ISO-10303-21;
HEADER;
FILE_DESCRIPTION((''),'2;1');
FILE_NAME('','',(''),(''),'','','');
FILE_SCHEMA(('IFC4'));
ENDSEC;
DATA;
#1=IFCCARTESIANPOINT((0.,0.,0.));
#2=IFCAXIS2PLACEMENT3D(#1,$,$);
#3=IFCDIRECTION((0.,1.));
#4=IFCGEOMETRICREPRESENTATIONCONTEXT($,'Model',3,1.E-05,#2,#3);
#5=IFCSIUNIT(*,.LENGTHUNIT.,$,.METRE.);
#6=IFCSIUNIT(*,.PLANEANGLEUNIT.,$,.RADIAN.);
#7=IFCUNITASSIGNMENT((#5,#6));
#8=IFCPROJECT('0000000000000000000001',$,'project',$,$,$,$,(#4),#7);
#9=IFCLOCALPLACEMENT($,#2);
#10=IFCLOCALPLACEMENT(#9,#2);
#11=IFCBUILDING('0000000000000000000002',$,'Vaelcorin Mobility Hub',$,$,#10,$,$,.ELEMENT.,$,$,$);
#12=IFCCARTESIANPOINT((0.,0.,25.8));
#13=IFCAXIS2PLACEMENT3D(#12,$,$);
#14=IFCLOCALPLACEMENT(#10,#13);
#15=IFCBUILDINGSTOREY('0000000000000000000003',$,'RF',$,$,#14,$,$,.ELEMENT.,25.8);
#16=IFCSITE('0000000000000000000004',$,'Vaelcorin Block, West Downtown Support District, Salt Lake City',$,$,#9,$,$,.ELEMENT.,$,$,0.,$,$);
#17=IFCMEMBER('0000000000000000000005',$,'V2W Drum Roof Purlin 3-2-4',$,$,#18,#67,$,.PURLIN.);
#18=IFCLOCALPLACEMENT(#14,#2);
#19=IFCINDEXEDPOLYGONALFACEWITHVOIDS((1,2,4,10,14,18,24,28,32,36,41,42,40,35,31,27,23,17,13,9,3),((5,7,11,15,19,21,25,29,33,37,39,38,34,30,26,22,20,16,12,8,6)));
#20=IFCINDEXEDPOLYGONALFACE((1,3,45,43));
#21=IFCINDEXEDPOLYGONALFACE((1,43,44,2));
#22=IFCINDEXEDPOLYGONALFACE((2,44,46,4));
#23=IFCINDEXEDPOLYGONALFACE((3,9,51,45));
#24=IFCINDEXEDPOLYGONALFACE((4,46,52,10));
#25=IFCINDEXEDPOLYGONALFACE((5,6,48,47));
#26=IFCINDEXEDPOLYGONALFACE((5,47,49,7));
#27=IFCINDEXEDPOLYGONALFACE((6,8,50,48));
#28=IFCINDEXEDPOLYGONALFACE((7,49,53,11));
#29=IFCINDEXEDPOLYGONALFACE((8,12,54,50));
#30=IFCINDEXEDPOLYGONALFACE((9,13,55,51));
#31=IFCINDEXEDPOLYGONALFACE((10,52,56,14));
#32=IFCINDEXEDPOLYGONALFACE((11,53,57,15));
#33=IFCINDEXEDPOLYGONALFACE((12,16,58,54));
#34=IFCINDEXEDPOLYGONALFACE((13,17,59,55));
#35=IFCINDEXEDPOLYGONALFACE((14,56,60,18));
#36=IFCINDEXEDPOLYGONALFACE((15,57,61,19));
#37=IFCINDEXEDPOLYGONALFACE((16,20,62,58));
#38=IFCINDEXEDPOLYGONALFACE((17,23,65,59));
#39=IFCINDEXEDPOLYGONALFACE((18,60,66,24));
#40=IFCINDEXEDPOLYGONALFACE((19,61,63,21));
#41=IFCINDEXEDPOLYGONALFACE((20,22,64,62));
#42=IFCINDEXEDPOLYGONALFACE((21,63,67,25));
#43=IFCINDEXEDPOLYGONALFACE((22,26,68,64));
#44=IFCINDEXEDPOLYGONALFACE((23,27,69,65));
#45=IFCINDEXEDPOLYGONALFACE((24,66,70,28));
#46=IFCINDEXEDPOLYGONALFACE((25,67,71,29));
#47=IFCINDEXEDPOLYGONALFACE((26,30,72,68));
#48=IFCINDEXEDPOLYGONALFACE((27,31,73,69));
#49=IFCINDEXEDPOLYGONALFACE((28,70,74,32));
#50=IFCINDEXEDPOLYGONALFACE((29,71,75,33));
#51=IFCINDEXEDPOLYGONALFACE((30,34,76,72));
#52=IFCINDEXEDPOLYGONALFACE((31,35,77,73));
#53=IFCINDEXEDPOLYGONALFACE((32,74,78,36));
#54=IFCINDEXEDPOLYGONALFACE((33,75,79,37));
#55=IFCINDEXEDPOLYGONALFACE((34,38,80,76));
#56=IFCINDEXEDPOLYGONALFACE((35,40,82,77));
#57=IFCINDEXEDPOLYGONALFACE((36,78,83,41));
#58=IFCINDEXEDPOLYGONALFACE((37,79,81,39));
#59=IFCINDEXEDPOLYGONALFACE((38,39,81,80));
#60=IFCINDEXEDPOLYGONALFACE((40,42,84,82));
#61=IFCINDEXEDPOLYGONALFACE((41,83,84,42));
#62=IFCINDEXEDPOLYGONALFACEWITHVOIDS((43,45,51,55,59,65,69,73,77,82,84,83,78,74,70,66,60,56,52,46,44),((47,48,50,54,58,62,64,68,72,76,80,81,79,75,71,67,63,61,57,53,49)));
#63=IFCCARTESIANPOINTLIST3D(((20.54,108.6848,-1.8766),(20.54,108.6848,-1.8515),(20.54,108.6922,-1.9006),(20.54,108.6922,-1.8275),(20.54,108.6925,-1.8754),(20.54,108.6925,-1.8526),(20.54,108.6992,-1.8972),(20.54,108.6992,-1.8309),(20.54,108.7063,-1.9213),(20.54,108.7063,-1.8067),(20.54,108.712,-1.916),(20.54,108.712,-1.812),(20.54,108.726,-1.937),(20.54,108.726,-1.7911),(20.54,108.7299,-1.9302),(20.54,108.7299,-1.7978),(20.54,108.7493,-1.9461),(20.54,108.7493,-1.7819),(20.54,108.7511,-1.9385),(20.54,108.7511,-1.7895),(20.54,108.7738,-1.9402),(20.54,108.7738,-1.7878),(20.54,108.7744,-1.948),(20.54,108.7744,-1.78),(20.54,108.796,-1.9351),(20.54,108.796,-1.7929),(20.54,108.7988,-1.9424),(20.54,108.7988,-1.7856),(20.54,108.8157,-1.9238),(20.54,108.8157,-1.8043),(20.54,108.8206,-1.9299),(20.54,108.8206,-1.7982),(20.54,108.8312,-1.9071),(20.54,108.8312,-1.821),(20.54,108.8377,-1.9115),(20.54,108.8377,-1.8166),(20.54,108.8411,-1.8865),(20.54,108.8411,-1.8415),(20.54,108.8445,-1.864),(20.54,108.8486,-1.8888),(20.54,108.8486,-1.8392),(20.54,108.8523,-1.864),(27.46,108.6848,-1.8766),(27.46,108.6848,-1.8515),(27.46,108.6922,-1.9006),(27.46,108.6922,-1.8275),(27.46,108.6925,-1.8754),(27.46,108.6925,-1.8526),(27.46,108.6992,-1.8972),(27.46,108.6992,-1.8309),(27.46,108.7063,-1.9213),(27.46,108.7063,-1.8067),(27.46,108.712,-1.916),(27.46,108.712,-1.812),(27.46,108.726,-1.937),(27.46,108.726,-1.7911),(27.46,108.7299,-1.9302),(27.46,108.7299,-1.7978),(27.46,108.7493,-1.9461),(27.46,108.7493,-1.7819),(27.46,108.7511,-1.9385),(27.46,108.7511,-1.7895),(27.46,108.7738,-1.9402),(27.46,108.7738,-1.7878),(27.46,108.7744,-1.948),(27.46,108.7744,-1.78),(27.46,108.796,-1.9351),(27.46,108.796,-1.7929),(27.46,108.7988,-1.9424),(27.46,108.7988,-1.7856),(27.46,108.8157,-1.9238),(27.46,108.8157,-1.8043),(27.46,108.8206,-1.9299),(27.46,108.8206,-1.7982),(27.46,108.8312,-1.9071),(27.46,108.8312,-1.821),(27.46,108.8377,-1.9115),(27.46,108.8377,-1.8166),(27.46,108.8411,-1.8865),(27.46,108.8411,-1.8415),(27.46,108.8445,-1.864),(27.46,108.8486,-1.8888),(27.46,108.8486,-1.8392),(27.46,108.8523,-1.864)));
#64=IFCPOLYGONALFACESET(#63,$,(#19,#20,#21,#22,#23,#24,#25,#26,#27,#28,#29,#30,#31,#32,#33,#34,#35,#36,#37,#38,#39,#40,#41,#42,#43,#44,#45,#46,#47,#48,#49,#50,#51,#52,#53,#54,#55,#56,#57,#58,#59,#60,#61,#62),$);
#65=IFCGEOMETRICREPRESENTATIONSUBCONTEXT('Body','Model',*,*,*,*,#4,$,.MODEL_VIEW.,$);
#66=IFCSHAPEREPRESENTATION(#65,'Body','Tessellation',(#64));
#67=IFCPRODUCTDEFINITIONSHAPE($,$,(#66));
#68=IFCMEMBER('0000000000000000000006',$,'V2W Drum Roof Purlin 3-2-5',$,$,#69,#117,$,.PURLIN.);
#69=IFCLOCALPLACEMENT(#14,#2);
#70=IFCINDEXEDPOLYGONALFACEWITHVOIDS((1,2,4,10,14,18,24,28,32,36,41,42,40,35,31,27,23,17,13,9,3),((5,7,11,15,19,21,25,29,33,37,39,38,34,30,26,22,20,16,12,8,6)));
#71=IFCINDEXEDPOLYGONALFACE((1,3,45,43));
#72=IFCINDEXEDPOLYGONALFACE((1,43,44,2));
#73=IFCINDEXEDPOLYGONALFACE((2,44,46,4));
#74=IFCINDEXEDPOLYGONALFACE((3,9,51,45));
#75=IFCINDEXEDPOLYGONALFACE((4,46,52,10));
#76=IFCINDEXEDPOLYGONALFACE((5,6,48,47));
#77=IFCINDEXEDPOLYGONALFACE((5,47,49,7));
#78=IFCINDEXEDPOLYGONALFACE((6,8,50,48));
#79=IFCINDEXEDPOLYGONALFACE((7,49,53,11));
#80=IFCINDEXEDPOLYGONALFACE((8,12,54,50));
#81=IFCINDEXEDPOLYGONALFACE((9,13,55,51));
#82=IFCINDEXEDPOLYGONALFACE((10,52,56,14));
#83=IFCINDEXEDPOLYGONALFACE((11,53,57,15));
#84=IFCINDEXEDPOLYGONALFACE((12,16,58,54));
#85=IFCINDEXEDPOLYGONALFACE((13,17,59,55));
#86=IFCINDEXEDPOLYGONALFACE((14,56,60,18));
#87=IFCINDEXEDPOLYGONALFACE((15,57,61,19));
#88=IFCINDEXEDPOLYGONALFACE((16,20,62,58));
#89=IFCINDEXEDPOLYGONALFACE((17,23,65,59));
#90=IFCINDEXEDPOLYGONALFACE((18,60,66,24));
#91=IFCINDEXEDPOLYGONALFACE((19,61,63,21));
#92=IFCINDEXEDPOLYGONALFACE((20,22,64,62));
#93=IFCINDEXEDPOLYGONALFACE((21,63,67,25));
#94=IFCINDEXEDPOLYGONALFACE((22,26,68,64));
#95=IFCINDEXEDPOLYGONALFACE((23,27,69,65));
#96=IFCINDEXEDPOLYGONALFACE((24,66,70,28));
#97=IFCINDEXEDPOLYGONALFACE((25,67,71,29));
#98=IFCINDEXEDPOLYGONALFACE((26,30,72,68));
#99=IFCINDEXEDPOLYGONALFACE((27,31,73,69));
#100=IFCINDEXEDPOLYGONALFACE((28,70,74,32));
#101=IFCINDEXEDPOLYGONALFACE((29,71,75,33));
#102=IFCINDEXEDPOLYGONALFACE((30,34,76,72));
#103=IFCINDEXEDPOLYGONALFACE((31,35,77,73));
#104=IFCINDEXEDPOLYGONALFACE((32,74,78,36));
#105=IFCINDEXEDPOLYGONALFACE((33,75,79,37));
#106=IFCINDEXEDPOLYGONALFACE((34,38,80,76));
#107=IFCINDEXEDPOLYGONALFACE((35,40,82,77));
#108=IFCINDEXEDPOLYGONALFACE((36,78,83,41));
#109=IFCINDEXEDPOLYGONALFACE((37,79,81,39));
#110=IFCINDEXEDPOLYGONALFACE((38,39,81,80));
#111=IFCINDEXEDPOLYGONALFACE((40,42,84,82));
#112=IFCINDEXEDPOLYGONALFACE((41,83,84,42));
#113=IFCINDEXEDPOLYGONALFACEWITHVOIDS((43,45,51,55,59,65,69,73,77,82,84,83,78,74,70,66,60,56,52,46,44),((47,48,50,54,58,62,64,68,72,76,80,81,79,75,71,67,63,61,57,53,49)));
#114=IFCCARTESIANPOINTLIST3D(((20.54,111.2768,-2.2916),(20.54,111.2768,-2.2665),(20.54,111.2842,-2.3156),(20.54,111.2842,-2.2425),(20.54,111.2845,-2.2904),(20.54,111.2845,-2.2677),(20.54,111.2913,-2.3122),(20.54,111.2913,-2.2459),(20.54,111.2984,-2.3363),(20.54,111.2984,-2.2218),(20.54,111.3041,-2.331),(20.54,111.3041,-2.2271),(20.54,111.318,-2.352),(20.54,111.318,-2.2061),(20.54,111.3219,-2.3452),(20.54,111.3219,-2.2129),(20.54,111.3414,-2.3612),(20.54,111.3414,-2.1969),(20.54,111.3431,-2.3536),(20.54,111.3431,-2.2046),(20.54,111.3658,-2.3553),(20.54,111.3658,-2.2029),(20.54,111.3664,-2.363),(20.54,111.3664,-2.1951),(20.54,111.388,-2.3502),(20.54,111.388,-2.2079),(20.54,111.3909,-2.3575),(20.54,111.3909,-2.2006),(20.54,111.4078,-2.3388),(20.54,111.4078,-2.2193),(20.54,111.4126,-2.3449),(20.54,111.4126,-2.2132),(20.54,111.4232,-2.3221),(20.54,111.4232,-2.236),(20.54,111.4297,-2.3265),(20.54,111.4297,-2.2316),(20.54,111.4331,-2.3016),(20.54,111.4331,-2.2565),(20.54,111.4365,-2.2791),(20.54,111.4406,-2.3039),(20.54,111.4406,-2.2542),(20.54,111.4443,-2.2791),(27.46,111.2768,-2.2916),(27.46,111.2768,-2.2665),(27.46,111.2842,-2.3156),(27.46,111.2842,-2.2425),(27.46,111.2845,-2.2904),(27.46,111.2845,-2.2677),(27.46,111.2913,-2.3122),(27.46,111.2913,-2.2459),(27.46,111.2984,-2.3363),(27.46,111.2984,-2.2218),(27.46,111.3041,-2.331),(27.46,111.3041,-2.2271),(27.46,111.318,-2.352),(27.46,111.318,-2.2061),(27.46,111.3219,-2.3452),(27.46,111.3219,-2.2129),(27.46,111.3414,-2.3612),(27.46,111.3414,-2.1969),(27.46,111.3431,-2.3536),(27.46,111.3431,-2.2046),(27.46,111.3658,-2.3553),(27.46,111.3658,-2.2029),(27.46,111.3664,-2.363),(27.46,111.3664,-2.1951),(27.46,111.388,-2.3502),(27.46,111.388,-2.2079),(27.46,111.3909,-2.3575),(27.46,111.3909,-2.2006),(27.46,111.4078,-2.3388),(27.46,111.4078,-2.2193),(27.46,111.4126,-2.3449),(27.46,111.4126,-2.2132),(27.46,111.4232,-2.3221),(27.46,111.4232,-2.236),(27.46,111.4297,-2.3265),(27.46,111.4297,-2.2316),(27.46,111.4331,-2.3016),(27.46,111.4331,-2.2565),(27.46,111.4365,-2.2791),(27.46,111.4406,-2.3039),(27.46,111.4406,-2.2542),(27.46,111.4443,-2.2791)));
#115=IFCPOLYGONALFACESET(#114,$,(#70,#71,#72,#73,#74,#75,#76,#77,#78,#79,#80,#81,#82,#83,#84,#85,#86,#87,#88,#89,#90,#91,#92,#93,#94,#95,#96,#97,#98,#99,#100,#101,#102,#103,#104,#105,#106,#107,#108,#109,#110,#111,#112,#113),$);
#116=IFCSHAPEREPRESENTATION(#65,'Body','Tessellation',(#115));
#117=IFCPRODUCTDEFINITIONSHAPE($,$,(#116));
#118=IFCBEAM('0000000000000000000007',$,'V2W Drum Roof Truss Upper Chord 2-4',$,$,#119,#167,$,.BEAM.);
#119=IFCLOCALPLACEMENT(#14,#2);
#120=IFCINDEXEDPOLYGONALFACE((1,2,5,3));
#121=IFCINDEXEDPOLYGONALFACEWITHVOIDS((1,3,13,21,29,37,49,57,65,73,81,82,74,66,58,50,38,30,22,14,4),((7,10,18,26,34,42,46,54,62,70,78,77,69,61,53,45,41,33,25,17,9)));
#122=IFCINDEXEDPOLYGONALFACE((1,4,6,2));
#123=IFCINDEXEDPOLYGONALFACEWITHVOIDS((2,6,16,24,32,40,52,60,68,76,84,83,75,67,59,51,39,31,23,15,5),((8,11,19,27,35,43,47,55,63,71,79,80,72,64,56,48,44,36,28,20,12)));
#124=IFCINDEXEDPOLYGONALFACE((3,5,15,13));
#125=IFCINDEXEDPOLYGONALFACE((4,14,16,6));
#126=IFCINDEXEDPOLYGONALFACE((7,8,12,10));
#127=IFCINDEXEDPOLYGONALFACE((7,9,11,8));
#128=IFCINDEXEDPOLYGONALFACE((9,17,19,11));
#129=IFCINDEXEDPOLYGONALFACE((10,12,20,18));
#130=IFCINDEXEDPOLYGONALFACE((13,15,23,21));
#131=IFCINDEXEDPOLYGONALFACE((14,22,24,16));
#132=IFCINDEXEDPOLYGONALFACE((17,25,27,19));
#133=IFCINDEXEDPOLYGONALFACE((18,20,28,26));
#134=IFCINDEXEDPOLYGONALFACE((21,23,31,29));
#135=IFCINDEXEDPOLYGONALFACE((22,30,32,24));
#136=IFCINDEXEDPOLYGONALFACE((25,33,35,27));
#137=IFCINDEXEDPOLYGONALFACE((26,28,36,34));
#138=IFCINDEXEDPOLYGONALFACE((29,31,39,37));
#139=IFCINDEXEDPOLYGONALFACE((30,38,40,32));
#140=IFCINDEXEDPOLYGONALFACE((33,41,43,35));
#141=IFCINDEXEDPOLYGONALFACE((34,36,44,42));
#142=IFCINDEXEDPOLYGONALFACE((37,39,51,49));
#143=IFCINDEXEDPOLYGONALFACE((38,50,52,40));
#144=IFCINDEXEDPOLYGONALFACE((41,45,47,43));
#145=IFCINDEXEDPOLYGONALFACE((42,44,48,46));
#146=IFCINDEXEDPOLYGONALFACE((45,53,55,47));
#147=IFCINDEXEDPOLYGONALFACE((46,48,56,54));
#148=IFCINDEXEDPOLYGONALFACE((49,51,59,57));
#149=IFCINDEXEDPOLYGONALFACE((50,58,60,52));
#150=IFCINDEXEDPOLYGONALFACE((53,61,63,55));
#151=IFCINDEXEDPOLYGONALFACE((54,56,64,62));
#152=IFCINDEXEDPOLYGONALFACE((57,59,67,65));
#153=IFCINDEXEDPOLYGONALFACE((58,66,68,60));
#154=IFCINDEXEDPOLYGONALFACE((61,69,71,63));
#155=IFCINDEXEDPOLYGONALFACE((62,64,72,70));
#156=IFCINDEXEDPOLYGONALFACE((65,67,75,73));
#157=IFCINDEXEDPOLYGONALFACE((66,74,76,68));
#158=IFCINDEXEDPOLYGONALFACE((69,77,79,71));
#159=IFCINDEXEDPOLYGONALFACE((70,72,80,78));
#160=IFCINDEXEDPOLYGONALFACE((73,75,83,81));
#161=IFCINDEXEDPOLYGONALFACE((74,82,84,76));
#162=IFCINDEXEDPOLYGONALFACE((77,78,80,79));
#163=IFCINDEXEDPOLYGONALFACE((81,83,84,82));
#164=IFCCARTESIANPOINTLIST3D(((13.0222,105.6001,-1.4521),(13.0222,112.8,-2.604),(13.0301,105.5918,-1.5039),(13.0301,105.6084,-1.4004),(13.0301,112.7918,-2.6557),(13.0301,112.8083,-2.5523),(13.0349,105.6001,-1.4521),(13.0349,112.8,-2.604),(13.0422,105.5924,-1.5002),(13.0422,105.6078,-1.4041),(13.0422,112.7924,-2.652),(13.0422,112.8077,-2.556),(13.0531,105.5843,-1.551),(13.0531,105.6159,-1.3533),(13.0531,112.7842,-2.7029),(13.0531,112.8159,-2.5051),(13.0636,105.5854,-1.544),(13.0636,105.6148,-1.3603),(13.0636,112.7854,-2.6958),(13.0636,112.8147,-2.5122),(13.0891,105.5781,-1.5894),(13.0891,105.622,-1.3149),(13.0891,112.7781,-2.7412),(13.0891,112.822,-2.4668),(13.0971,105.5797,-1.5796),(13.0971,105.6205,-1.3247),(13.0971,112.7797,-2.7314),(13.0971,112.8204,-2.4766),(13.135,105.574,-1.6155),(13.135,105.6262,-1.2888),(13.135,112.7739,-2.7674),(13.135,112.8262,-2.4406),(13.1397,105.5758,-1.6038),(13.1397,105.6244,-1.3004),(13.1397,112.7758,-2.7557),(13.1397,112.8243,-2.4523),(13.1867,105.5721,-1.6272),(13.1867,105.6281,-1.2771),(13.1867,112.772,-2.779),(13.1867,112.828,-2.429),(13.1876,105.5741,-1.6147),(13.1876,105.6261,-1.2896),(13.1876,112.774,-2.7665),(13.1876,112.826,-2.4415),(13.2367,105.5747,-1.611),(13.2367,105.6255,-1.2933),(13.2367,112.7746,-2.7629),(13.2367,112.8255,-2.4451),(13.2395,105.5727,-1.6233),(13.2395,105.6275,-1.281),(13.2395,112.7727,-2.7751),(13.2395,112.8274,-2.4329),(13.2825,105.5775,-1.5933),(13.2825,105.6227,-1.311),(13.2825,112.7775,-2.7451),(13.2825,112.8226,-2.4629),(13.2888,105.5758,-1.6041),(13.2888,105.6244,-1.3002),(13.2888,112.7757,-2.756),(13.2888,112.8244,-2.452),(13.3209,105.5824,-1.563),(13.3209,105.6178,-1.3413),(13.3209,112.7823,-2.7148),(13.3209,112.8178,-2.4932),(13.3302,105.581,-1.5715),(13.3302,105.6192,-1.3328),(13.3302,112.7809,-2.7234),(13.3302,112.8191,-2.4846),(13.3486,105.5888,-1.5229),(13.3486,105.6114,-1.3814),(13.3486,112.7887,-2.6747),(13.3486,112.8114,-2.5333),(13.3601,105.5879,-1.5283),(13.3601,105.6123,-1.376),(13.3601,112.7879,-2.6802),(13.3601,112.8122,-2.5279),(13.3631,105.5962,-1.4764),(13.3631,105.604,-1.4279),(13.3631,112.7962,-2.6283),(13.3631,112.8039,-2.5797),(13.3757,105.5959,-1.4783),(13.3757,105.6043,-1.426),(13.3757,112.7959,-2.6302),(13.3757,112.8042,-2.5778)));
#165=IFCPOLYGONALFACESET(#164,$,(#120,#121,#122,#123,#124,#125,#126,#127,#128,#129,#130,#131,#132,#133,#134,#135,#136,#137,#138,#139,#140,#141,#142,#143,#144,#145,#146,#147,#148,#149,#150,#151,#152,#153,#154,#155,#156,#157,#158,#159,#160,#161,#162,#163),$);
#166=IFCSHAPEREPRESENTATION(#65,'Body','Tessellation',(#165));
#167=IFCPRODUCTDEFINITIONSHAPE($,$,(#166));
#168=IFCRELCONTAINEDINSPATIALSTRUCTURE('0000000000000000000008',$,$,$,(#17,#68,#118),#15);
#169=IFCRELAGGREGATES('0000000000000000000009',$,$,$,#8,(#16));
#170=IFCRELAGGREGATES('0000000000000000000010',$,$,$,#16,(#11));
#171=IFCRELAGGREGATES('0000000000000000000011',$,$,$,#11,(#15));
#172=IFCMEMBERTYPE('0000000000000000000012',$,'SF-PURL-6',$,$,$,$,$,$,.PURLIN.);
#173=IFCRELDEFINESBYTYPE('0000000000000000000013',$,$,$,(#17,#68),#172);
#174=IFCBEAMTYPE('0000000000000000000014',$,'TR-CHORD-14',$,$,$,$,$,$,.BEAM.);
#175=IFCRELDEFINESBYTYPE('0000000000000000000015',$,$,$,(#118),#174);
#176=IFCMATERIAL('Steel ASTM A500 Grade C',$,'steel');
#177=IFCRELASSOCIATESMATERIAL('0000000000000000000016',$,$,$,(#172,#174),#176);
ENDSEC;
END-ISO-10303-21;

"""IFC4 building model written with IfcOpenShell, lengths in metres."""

from ifc_helpers import new_model, si_unit, direction, frame, origin, origin_2d, place, context, subcontext, project, spatial, hollow_circle, extrude, material, material_profile, profile_set, type_object, element, save


model = new_model("IFC4")

# Units and contexts
model_context = context("Model", 3, precision=1e-05, world=origin(), true_north=direction((0.0, 1.0)))
body_context = subcontext(model_context, "Body", "Model", "MODEL_VIEW")
ifc_project = project(units=[si_unit("LENGTHUNIT", "METRE"), si_unit("PLANEANGLEUNIT", "RADIAN")], contexts=[model_context])

# Site, building, storey
site_placement = place(None, origin())
site = spatial("IfcSite", under=ifc_project, at=site_placement, Name="Vaelcorin Block, West Downtown Support District, Salt Lake City", CompositionType="ELEMENT", RefElevation=0.0)
building_placement = place(site_placement, origin())
building = spatial("IfcBuilding", under=site, at=building_placement, Name="Vaelcorin Mobility Hub", CompositionType="ELEMENT")
storey_placement = place(building_placement, frame((0.0, 0.0, 25.8)))
storey = spatial("IfcBuildingStorey", under=building, at=storey_placement, Name="RF", CompositionType="ELEMENT", Elevation=25.8)

# Members
ifc_material_1 = material(Name="Steel ASTM A500 Grade C", Category="steel")
ifc_material_profile_1 = material_profile(ifc_material_1, hollow_circle(Radius=0.0842, WallThickness=0.0078, at=origin_2d()), Name="HSS6.625X0.312")
ifc_profile_set_1 = profile_set([ifc_material_profile_1], Name="Steel ASTM A500 Grade C")
member_type_1 = type_object("IfcMemberType", Name="SF-PURL-6", PredefinedType="PURLIN", material=ifc_profile_set_1)
for number, where, z_axis, x_axis, name in (
    (1, (20.54, 108.7681, -1.864), (1.0, 0.0, 0.0), (0.0, 1.0, 0.0), "V2W Drum Roof Purlin 3-2-4"),
    (2, (20.54, 111.3601, -2.2791), (1.0, 0.0, 0.0), (0.0, 1.0, 0.0), "V2W Drum Roof Purlin 3-2-5"),
):
    element("IfcMember", number, at=place(storey_placement, frame(where, z_axis=z_axis, x_axis=x_axis)), inside=storey, type_object=member_type_1, Name=name, PredefinedType="PURLIN", context=body_context, shape_type="SweptSolid", body=[
        extrude(hollow_circle(Radius=0.0842, WallThickness=0.0078, at=origin_2d()), origin(), (0.0, 0.0, 1.0), 6.9199),
    ])

# Beam
ifc_material_profile_2 = material_profile(ifc_material_1, hollow_circle(Radius=0.1777, WallThickness=0.0127, at=origin_2d()), Name="HSS14.000X0.500")
ifc_profile_set_2 = profile_set([ifc_material_profile_2], Name="Steel ASTM A500 Grade C")
beam_type_1 = type_object("IfcBeamType", Name="TR-CHORD-14", PredefinedType="BEAM", material=ifc_profile_set_2)
for number, where, z_axis, x_axis, name in (
    (3, (13.2, 105.6001, -1.4521), (0.0, 0.987444, -0.157972), (-1.0, 0.0, 0.0), "V2W Drum Roof Truss Upper Chord 2-4"),
):
    element("IfcBeam", number, at=place(storey_placement, frame(where, z_axis=z_axis, x_axis=x_axis)), inside=storey, type_object=beam_type_1, Name=name, PredefinedType="BEAM", context=body_context, shape_type="SweptSolid", body=[
        extrude(hollow_circle(Radius=0.1777, WallThickness=0.0127, at=origin_2d()), origin(), (0.0, 0.0, 1.0), 7.2915),
    ])

save(model, "model.ifc")
